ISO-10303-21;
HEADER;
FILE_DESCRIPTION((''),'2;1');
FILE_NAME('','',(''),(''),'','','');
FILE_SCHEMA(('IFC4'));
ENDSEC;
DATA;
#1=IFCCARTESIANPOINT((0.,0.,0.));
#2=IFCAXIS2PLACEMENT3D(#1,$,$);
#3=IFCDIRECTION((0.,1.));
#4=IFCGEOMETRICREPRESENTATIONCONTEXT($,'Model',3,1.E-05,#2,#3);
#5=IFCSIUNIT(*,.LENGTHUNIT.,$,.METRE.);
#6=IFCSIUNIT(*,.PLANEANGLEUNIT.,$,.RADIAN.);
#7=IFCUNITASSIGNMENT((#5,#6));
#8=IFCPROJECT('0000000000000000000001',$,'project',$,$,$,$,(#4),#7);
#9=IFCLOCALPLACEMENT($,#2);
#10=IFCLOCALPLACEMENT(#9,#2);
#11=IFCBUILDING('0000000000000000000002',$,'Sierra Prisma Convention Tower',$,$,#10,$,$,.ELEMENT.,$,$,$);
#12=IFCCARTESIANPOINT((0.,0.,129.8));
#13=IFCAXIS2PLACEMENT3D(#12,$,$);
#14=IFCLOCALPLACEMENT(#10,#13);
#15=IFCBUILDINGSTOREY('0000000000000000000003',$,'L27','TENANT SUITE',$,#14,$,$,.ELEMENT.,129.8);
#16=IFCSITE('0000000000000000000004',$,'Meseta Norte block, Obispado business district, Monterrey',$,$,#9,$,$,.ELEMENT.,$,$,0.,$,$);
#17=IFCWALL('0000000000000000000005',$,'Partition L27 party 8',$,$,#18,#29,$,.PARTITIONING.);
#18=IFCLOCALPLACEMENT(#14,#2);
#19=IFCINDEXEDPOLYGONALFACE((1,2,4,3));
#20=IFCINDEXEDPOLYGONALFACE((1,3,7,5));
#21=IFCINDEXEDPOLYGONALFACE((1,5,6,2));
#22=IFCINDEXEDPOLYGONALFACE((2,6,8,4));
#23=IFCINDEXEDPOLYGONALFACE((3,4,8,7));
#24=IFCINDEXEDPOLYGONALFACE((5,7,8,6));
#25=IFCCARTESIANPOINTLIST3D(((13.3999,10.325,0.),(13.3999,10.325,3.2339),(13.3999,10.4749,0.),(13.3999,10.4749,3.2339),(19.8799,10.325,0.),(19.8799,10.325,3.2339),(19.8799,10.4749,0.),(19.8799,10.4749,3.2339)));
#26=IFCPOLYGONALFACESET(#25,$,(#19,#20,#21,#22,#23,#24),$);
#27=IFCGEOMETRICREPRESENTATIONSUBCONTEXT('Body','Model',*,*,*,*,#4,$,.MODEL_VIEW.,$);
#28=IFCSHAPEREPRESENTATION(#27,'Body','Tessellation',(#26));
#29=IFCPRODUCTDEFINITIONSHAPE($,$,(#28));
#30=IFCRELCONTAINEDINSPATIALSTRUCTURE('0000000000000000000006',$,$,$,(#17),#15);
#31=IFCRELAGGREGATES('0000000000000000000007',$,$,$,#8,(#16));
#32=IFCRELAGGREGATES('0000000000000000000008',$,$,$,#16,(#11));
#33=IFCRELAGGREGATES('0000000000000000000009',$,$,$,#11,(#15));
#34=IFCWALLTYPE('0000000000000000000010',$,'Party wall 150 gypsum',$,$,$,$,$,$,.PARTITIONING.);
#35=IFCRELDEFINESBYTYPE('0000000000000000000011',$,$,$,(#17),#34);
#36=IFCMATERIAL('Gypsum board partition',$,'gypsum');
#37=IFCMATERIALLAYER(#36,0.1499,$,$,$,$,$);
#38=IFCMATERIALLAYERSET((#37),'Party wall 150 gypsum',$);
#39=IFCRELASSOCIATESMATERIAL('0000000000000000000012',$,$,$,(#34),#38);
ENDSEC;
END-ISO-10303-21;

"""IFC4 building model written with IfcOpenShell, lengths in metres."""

from ifc_helpers import new_model, si_unit, direction, frame, frame_2d, origin, place, context, subcontext, project, spatial, rectangle, extrude, material, layer, layer_set, type_object, element, save


model = new_model("IFC4")

# Units and contexts
model_context = context("Model", 3, precision=1e-05, world=origin(), true_north=direction((0.0, 1.0)))
body_context = subcontext(model_context, "Body", "Model", "MODEL_VIEW")
ifc_project = project(units=[si_unit("LENGTHUNIT", "METRE"), si_unit("PLANEANGLEUNIT", "RADIAN")], contexts=[model_context])

# Site, building, storey
site_placement = place(None, origin())
site = spatial("IfcSite", under=ifc_project, at=site_placement, Name="Meseta Norte block, Obispado business district, Monterrey", CompositionType="ELEMENT", RefElevation=0.0)
building_placement = place(site_placement, origin())
building = spatial("IfcBuilding", under=site, at=building_placement, Name="Sierra Prisma Convention Tower", CompositionType="ELEMENT")
storey_placement = place(building_placement, frame((0.0, 0.0, 129.8)))
storey = spatial("IfcBuildingStorey", under=building, at=storey_placement, Name="L27", Description="TENANT SUITE", CompositionType="ELEMENT", Elevation=129.8)

# Wall
ifc_material_1 = material(Name="Gypsum board partition", Category="gypsum")
ifc_layer_1 = layer(ifc_material_1, 0.1499)
ifc_layer_set_1 = layer_set([ifc_layer_1], Name="Party wall 150 gypsum")
wall_type_1 = type_object("IfcWallType", Name="Party wall 150 gypsum", PredefinedType="PARTITIONING", material=ifc_layer_set_1)
wall_1_placement = place(storey_placement, frame((13.3999, 10.3999, 0.0), z_axis=(0.0, 0.0, 1.0), x_axis=(1.0, 0.0, 0.0)))
element("IfcWall", 1, at=wall_1_placement, inside=storey, type_object=wall_type_1, Name="Partition L27 party 8", PredefinedType="PARTITIONING", context=body_context, shape_type="SweptSolid", body=[
    extrude(rectangle(XDim=6.48, YDim=0.1499, at=frame_2d((3.24, 0.0))), origin(), (0.0, 0.0, 1.0), 3.2339),
])

save(model, "model.ifc")
